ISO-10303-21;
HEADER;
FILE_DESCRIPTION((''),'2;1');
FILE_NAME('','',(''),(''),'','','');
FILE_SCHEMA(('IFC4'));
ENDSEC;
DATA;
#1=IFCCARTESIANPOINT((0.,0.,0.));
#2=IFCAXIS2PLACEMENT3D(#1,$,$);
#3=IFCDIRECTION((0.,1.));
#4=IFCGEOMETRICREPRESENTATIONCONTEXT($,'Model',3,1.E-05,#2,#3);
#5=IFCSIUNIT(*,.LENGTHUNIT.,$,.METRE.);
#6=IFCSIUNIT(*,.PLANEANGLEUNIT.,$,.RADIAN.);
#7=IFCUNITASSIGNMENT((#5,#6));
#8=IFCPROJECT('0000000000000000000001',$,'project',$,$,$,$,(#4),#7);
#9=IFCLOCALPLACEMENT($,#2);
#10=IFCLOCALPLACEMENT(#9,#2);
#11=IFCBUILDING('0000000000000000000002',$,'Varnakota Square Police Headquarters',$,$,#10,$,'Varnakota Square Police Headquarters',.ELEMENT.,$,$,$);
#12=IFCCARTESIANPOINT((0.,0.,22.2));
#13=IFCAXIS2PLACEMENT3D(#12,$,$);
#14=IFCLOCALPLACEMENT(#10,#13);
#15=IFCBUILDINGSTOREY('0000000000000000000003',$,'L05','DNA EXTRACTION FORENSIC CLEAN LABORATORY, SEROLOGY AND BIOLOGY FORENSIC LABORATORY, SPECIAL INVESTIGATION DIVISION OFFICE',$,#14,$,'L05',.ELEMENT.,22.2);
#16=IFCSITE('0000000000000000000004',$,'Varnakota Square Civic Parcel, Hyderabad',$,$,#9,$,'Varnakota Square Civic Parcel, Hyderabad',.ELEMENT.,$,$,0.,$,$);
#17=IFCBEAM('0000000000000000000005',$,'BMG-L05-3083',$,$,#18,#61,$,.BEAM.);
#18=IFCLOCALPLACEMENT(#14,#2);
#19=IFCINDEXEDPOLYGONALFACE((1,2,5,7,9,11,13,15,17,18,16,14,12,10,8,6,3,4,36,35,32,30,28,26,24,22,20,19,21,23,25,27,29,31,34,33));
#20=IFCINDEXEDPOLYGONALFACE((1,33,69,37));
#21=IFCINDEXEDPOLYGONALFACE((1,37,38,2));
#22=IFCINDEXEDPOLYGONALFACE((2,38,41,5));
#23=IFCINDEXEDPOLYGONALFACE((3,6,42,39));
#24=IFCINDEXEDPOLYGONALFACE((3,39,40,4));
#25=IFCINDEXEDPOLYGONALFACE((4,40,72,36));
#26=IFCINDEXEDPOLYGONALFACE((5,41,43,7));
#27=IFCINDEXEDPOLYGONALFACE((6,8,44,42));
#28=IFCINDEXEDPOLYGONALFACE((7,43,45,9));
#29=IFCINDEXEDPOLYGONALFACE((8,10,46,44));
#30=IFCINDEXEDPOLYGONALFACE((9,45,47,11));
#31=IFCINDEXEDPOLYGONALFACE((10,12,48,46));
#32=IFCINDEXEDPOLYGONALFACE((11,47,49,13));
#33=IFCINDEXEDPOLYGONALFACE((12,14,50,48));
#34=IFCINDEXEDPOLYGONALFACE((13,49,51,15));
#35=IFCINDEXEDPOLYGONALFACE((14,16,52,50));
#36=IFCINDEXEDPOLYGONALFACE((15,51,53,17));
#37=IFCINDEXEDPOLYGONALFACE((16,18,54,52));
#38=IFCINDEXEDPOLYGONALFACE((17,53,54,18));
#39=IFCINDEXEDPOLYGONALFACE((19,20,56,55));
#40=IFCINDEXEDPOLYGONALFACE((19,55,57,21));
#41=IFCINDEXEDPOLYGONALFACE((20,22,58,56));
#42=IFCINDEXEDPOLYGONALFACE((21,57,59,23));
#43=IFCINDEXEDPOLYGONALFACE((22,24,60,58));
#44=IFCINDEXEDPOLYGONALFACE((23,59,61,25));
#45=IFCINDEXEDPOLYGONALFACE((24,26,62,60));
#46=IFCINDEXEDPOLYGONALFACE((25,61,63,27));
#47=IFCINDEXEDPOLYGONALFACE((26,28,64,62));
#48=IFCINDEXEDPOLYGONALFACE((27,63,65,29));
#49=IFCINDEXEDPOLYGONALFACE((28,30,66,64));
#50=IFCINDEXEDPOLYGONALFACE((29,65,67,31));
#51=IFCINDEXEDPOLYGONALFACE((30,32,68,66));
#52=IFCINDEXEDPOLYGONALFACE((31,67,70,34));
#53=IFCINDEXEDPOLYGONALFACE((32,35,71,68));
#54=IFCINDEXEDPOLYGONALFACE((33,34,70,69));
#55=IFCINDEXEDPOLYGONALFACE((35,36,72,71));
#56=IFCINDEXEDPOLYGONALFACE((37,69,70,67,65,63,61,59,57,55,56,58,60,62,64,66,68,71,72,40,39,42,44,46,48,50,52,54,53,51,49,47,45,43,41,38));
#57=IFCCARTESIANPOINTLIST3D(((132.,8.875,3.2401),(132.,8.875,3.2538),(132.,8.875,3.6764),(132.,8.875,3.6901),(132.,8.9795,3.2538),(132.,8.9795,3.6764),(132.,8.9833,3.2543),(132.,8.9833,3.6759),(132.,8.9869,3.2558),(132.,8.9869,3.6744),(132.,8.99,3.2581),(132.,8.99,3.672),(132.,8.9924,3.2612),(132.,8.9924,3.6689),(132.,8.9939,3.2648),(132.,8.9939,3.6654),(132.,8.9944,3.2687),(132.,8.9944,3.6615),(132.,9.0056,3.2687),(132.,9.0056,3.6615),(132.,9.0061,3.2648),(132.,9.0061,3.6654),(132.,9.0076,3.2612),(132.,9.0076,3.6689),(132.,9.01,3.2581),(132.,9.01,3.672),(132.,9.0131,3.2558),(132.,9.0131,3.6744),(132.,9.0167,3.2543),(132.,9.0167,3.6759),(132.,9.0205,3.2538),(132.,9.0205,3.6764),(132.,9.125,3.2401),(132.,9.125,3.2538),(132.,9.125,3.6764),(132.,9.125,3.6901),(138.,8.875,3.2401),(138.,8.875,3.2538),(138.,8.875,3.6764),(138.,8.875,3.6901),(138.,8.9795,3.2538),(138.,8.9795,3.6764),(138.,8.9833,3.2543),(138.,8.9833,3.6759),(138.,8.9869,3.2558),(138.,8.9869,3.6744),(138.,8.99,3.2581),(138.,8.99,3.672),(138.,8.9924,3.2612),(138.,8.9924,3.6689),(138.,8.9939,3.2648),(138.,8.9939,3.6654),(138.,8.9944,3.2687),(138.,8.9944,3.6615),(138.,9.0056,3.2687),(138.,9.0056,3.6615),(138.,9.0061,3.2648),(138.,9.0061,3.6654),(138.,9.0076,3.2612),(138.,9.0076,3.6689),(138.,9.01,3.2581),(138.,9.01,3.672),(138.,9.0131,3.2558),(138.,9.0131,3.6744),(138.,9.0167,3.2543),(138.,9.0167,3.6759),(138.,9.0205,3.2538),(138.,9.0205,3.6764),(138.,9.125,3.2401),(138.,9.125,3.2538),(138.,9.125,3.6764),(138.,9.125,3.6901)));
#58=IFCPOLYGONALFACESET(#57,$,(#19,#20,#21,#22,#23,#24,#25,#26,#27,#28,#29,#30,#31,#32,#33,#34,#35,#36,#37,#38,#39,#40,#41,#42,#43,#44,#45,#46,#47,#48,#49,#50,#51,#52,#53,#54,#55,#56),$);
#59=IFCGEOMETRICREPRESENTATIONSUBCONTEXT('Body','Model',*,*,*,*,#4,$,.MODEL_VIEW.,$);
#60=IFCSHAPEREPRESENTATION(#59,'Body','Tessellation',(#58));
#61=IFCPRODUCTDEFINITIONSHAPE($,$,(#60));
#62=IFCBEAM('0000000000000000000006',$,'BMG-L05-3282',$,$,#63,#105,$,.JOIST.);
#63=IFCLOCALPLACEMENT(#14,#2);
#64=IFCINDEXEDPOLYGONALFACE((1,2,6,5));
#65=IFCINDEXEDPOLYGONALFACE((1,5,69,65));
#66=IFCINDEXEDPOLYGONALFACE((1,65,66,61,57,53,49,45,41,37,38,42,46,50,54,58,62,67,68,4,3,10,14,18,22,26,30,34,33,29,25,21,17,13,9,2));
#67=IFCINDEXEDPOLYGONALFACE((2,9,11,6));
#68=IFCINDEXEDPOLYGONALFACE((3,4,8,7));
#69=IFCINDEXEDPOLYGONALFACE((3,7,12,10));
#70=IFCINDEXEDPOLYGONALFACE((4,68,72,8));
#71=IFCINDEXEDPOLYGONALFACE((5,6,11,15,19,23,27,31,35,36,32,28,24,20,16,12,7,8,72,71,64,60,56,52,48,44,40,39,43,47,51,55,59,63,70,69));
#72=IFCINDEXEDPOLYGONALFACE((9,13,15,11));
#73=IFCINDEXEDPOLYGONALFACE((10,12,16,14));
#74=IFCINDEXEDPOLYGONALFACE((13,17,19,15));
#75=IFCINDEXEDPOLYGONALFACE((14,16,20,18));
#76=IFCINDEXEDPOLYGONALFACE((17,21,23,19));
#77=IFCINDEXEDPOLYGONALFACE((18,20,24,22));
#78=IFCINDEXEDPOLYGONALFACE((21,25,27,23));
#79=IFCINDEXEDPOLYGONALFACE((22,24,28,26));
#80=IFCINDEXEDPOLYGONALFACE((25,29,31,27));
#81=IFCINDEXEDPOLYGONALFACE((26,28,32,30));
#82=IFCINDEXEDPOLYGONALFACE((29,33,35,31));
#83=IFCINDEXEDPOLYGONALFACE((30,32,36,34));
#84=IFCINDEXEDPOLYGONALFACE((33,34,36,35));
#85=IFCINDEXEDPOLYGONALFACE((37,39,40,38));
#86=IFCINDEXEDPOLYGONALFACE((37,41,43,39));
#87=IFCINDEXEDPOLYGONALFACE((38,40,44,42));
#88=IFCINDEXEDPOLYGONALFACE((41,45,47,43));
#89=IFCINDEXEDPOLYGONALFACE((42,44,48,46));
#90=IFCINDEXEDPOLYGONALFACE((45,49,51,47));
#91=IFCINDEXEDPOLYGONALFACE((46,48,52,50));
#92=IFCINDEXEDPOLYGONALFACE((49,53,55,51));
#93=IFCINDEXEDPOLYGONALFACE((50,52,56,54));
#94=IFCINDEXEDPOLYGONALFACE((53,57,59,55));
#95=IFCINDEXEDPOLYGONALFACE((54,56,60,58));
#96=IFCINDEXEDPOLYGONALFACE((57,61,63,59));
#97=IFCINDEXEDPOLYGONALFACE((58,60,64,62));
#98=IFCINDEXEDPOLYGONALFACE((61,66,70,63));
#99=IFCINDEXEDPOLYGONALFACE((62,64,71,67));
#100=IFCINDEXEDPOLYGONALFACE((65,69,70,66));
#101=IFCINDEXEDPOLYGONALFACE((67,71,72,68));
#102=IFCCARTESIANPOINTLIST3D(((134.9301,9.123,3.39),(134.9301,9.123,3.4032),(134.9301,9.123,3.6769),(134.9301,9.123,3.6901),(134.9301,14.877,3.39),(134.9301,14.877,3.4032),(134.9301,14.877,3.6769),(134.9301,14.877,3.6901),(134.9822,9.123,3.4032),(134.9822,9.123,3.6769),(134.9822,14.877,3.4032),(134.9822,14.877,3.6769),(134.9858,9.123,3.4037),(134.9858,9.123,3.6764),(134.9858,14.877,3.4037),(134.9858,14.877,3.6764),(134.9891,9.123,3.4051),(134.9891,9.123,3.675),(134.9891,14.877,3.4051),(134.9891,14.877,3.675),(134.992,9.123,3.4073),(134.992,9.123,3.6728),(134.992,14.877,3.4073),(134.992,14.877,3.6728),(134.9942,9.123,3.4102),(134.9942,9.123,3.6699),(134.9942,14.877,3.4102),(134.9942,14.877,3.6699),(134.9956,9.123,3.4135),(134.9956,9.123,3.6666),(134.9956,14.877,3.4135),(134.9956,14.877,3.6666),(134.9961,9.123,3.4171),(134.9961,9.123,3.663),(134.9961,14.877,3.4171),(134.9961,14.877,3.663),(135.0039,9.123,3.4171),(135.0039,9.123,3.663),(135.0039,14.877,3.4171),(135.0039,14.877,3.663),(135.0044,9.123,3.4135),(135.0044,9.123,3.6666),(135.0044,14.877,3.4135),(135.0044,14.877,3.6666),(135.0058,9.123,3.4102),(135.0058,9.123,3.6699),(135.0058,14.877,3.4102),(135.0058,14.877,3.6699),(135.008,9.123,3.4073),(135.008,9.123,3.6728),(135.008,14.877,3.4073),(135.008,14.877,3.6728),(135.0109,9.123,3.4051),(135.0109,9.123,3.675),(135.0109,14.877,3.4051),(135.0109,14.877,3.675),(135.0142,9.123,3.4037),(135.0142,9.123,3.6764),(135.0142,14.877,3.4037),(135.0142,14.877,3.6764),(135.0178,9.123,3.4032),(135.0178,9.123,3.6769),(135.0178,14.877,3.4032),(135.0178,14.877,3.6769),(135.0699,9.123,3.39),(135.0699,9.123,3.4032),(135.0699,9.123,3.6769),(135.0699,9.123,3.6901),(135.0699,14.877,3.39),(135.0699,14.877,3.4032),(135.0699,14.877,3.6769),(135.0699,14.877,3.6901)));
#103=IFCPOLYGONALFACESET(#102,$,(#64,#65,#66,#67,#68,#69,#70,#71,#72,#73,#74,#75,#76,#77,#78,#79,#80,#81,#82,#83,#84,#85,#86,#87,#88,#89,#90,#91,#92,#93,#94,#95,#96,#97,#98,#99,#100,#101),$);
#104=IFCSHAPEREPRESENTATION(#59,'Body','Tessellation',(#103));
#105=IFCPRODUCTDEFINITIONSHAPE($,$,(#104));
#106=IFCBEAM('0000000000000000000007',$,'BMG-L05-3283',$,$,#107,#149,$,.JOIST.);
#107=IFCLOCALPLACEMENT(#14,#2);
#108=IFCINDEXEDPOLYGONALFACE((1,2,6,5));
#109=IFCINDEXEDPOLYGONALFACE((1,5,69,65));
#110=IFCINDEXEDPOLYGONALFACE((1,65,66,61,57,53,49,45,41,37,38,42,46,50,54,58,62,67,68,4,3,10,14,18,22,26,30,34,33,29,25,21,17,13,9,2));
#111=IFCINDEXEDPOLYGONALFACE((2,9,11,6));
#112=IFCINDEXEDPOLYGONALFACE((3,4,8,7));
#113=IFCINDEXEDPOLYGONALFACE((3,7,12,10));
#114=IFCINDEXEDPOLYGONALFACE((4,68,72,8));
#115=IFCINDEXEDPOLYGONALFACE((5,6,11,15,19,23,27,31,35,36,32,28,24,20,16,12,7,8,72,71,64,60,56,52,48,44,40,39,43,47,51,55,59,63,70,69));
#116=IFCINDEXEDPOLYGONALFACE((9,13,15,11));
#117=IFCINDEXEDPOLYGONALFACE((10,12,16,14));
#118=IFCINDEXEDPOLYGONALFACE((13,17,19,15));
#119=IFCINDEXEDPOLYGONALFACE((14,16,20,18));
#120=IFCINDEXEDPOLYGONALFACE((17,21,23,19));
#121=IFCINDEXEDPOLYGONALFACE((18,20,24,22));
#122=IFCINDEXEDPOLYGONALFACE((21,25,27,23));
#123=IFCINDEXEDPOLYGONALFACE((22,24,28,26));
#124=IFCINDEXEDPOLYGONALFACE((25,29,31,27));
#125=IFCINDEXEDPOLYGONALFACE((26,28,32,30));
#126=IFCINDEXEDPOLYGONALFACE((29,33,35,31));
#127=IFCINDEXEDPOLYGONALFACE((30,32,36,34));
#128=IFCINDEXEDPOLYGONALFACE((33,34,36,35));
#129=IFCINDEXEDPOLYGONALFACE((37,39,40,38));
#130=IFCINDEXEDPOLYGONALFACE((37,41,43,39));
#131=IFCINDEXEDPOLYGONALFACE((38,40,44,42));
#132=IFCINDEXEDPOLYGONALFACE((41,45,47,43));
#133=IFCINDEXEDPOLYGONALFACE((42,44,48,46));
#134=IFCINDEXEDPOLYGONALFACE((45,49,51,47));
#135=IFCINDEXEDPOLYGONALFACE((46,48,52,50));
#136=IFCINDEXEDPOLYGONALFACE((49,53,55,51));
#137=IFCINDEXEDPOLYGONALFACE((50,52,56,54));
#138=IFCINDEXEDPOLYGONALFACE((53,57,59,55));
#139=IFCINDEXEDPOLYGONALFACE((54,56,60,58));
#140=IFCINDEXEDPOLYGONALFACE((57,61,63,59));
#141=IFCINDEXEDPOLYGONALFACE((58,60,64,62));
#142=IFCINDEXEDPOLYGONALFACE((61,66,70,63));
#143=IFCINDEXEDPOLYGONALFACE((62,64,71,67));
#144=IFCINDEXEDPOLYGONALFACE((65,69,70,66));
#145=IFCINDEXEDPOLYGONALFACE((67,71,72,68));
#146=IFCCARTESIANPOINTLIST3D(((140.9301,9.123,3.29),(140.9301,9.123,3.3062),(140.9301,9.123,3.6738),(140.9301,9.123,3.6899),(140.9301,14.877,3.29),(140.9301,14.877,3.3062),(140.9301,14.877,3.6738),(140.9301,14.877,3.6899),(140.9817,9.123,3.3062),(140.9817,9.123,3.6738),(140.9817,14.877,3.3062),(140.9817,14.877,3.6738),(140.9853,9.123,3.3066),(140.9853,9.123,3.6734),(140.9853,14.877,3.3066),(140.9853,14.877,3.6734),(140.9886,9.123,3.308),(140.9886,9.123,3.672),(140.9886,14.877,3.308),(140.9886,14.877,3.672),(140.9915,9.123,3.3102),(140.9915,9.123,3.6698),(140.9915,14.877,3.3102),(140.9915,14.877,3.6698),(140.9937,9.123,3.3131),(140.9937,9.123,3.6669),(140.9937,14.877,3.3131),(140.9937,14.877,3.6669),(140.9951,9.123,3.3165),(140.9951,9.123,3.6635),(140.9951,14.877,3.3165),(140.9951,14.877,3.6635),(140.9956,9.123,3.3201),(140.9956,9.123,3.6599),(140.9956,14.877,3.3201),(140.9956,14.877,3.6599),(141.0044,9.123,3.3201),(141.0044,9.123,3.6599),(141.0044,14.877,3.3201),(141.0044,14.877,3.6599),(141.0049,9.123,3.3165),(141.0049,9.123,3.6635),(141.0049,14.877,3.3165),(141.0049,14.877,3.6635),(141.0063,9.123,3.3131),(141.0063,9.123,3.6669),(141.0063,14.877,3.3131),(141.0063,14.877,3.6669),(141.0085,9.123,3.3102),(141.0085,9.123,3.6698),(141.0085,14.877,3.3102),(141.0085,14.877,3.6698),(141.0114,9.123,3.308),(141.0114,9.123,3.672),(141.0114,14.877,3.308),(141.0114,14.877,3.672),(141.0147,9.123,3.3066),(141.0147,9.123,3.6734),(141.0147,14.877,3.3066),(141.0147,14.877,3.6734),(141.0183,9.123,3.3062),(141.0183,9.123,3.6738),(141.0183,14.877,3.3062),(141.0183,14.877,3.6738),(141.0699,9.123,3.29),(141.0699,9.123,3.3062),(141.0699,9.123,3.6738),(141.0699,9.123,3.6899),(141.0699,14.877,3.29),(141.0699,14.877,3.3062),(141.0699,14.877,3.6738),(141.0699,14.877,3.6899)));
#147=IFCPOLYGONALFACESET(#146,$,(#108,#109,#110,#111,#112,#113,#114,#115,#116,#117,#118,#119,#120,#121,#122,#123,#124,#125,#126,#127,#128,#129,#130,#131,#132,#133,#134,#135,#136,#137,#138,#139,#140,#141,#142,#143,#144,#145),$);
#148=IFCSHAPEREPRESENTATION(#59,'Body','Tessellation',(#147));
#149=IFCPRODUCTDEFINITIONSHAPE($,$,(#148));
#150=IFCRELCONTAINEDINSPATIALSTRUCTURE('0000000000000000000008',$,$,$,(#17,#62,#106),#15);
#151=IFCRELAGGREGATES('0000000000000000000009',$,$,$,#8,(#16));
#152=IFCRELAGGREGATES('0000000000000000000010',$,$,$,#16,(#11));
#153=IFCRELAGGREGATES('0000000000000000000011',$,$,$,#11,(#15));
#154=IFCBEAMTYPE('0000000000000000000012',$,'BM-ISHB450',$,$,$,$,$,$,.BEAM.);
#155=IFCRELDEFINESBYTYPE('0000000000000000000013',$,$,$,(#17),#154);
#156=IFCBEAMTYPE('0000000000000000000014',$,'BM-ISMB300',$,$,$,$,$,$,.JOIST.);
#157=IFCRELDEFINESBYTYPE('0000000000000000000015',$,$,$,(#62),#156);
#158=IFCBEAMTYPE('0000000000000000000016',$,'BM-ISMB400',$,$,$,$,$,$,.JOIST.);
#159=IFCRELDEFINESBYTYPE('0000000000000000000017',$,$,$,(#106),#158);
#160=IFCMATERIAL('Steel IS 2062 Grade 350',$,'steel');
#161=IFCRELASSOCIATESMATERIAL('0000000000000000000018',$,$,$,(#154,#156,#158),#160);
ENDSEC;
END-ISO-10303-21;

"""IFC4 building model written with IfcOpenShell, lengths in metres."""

from ifc_helpers import new_model, si_unit, direction, frame, origin, origin_2d, place, context, subcontext, project, spatial, i_section, extrude, material, material_profile, profile_set, type_object, element, save


model = new_model("IFC4")

# Units and contexts
model_context = context("Model", 3, precision=1e-05, world=origin(), true_north=direction((0.0, 1.0)))
body_context = subcontext(model_context, "Body", "Model", "MODEL_VIEW")
ifc_project = project(units=[si_unit("LENGTHUNIT", "METRE"), si_unit("PLANEANGLEUNIT", "RADIAN")], contexts=[model_context])

# Site, building, storey
site_placement = place(None, origin())
site = spatial("IfcSite", under=ifc_project, at=site_placement, Name="Varnakota Square Civic Parcel, Hyderabad", LongName="Varnakota Square Civic Parcel, Hyderabad", CompositionType="ELEMENT", RefElevation=0.0)
building_placement = place(site_placement, origin())
building = spatial("IfcBuilding", under=site, at=building_placement, Name="Varnakota Square Police Headquarters", LongName="Varnakota Square Police Headquarters", CompositionType="ELEMENT")
storey_placement = place(building_placement, frame((0.0, 0.0, 22.2)))
storey = spatial("IfcBuildingStorey", under=building, at=storey_placement, Name="L05", Description="DNA EXTRACTION FORENSIC CLEAN LABORATORY, SEROLOGY AND BIOLOGY FORENSIC LABORATORY, SPECIAL INVESTIGATION DIVISION OFFICE", LongName="L05", CompositionType="ELEMENT", Elevation=22.2)

# Shared definitions
ifc_material_1 = material(Name="Steel IS 2062 Grade 350", Category="steel")

# Beams
ifc_material_profile_1 = material_profile(ifc_material_1, i_section(OverallWidth=0.25, OverallDepth=0.45, WebThickness=0.0112, FlangeThickness=0.0137, FilletRadius=0.0149, at=origin_2d()), Name="ISHB 450")
ifc_profile_set_1 = profile_set([ifc_material_profile_1], Name="Steel IS 2062 Grade 350")
beam_type_1 = type_object("IfcBeamType", Name="BM-ISHB450", PredefinedType="BEAM", material=ifc_profile_set_1)
beam_1_placement = place(storey_placement, frame((132.0, 9.0, 3.4651), z_axis=(1.0, 0.0, 0.0), x_axis=(0.0, 1.0, 0.0)))
element("IfcBeam", 1, at=beam_1_placement, inside=storey, type_object=beam_type_1, Name="BMG-L05-3083", PredefinedType="BEAM", context=body_context, shape_type="SweptSolid", body=[
    extrude(i_section(OverallWidth=0.25, OverallDepth=0.45, WebThickness=0.0112, FlangeThickness=0.0137, FilletRadius=0.0149, at=origin_2d()), origin(), (0.0, 0.0, 1.0), 6.0),
])
ifc_material_profile_2 = material_profile(ifc_material_1, i_section(OverallWidth=0.1399, OverallDepth=0.3, WebThickness=0.0078, FlangeThickness=0.0132, FilletRadius=0.0139, at=origin_2d()), Name="ISMB 300")
ifc_profile_set_2 = profile_set([ifc_material_profile_2], Name="Steel IS 2062 Grade 350")
beam_type_2 = type_object("IfcBeamType", Name="BM-ISMB300", PredefinedType="JOIST", material=ifc_profile_set_2)
beam_2_placement = place(storey_placement, frame((135.0, 9.123, 3.54), z_axis=(0.0, 1.0, 0.0), x_axis=(-1.0, 0.0, 0.0)))
element("IfcBeam", 2, at=beam_2_placement, inside=storey, type_object=beam_type_2, Name="BMG-L05-3282", PredefinedType="JOIST", context=body_context, shape_type="SweptSolid", body=[
    extrude(i_section(OverallWidth=0.1399, OverallDepth=0.3, WebThickness=0.0078, FlangeThickness=0.0132, FilletRadius=0.0139, at=origin_2d()), origin(), (0.0, 0.0, 1.0), 5.7539),
])
ifc_material_profile_3 = material_profile(ifc_material_1, i_section(OverallWidth=0.1399, OverallDepth=0.3999, WebThickness=0.0088, FlangeThickness=0.0161, FilletRadius=0.0139, at=origin_2d()), Name="ISMB 400")
ifc_profile_set_3 = profile_set([ifc_material_profile_3], Name="Steel IS 2062 Grade 350")
beam_type_3 = type_object("IfcBeamType", Name="BM-ISMB400", PredefinedType="JOIST", material=ifc_profile_set_3)
beam_3_placement = place(storey_placement, frame((141.0, 9.123, 3.49), z_axis=(0.0, 1.0, 0.0), x_axis=(-1.0, 0.0, 0.0)))
element("IfcBeam", 3, at=beam_3_placement, inside=storey, type_object=beam_type_3, Name="BMG-L05-3283", PredefinedType="JOIST", context=body_context, shape_type="SweptSolid", body=[
    extrude(i_section(OverallWidth=0.1399, OverallDepth=0.3999, WebThickness=0.0088, FlangeThickness=0.0161, FilletRadius=0.0139, at=origin_2d()), origin(), (0.0, 0.0, 1.0), 5.7539),
])

save(model, "model.ifc")
